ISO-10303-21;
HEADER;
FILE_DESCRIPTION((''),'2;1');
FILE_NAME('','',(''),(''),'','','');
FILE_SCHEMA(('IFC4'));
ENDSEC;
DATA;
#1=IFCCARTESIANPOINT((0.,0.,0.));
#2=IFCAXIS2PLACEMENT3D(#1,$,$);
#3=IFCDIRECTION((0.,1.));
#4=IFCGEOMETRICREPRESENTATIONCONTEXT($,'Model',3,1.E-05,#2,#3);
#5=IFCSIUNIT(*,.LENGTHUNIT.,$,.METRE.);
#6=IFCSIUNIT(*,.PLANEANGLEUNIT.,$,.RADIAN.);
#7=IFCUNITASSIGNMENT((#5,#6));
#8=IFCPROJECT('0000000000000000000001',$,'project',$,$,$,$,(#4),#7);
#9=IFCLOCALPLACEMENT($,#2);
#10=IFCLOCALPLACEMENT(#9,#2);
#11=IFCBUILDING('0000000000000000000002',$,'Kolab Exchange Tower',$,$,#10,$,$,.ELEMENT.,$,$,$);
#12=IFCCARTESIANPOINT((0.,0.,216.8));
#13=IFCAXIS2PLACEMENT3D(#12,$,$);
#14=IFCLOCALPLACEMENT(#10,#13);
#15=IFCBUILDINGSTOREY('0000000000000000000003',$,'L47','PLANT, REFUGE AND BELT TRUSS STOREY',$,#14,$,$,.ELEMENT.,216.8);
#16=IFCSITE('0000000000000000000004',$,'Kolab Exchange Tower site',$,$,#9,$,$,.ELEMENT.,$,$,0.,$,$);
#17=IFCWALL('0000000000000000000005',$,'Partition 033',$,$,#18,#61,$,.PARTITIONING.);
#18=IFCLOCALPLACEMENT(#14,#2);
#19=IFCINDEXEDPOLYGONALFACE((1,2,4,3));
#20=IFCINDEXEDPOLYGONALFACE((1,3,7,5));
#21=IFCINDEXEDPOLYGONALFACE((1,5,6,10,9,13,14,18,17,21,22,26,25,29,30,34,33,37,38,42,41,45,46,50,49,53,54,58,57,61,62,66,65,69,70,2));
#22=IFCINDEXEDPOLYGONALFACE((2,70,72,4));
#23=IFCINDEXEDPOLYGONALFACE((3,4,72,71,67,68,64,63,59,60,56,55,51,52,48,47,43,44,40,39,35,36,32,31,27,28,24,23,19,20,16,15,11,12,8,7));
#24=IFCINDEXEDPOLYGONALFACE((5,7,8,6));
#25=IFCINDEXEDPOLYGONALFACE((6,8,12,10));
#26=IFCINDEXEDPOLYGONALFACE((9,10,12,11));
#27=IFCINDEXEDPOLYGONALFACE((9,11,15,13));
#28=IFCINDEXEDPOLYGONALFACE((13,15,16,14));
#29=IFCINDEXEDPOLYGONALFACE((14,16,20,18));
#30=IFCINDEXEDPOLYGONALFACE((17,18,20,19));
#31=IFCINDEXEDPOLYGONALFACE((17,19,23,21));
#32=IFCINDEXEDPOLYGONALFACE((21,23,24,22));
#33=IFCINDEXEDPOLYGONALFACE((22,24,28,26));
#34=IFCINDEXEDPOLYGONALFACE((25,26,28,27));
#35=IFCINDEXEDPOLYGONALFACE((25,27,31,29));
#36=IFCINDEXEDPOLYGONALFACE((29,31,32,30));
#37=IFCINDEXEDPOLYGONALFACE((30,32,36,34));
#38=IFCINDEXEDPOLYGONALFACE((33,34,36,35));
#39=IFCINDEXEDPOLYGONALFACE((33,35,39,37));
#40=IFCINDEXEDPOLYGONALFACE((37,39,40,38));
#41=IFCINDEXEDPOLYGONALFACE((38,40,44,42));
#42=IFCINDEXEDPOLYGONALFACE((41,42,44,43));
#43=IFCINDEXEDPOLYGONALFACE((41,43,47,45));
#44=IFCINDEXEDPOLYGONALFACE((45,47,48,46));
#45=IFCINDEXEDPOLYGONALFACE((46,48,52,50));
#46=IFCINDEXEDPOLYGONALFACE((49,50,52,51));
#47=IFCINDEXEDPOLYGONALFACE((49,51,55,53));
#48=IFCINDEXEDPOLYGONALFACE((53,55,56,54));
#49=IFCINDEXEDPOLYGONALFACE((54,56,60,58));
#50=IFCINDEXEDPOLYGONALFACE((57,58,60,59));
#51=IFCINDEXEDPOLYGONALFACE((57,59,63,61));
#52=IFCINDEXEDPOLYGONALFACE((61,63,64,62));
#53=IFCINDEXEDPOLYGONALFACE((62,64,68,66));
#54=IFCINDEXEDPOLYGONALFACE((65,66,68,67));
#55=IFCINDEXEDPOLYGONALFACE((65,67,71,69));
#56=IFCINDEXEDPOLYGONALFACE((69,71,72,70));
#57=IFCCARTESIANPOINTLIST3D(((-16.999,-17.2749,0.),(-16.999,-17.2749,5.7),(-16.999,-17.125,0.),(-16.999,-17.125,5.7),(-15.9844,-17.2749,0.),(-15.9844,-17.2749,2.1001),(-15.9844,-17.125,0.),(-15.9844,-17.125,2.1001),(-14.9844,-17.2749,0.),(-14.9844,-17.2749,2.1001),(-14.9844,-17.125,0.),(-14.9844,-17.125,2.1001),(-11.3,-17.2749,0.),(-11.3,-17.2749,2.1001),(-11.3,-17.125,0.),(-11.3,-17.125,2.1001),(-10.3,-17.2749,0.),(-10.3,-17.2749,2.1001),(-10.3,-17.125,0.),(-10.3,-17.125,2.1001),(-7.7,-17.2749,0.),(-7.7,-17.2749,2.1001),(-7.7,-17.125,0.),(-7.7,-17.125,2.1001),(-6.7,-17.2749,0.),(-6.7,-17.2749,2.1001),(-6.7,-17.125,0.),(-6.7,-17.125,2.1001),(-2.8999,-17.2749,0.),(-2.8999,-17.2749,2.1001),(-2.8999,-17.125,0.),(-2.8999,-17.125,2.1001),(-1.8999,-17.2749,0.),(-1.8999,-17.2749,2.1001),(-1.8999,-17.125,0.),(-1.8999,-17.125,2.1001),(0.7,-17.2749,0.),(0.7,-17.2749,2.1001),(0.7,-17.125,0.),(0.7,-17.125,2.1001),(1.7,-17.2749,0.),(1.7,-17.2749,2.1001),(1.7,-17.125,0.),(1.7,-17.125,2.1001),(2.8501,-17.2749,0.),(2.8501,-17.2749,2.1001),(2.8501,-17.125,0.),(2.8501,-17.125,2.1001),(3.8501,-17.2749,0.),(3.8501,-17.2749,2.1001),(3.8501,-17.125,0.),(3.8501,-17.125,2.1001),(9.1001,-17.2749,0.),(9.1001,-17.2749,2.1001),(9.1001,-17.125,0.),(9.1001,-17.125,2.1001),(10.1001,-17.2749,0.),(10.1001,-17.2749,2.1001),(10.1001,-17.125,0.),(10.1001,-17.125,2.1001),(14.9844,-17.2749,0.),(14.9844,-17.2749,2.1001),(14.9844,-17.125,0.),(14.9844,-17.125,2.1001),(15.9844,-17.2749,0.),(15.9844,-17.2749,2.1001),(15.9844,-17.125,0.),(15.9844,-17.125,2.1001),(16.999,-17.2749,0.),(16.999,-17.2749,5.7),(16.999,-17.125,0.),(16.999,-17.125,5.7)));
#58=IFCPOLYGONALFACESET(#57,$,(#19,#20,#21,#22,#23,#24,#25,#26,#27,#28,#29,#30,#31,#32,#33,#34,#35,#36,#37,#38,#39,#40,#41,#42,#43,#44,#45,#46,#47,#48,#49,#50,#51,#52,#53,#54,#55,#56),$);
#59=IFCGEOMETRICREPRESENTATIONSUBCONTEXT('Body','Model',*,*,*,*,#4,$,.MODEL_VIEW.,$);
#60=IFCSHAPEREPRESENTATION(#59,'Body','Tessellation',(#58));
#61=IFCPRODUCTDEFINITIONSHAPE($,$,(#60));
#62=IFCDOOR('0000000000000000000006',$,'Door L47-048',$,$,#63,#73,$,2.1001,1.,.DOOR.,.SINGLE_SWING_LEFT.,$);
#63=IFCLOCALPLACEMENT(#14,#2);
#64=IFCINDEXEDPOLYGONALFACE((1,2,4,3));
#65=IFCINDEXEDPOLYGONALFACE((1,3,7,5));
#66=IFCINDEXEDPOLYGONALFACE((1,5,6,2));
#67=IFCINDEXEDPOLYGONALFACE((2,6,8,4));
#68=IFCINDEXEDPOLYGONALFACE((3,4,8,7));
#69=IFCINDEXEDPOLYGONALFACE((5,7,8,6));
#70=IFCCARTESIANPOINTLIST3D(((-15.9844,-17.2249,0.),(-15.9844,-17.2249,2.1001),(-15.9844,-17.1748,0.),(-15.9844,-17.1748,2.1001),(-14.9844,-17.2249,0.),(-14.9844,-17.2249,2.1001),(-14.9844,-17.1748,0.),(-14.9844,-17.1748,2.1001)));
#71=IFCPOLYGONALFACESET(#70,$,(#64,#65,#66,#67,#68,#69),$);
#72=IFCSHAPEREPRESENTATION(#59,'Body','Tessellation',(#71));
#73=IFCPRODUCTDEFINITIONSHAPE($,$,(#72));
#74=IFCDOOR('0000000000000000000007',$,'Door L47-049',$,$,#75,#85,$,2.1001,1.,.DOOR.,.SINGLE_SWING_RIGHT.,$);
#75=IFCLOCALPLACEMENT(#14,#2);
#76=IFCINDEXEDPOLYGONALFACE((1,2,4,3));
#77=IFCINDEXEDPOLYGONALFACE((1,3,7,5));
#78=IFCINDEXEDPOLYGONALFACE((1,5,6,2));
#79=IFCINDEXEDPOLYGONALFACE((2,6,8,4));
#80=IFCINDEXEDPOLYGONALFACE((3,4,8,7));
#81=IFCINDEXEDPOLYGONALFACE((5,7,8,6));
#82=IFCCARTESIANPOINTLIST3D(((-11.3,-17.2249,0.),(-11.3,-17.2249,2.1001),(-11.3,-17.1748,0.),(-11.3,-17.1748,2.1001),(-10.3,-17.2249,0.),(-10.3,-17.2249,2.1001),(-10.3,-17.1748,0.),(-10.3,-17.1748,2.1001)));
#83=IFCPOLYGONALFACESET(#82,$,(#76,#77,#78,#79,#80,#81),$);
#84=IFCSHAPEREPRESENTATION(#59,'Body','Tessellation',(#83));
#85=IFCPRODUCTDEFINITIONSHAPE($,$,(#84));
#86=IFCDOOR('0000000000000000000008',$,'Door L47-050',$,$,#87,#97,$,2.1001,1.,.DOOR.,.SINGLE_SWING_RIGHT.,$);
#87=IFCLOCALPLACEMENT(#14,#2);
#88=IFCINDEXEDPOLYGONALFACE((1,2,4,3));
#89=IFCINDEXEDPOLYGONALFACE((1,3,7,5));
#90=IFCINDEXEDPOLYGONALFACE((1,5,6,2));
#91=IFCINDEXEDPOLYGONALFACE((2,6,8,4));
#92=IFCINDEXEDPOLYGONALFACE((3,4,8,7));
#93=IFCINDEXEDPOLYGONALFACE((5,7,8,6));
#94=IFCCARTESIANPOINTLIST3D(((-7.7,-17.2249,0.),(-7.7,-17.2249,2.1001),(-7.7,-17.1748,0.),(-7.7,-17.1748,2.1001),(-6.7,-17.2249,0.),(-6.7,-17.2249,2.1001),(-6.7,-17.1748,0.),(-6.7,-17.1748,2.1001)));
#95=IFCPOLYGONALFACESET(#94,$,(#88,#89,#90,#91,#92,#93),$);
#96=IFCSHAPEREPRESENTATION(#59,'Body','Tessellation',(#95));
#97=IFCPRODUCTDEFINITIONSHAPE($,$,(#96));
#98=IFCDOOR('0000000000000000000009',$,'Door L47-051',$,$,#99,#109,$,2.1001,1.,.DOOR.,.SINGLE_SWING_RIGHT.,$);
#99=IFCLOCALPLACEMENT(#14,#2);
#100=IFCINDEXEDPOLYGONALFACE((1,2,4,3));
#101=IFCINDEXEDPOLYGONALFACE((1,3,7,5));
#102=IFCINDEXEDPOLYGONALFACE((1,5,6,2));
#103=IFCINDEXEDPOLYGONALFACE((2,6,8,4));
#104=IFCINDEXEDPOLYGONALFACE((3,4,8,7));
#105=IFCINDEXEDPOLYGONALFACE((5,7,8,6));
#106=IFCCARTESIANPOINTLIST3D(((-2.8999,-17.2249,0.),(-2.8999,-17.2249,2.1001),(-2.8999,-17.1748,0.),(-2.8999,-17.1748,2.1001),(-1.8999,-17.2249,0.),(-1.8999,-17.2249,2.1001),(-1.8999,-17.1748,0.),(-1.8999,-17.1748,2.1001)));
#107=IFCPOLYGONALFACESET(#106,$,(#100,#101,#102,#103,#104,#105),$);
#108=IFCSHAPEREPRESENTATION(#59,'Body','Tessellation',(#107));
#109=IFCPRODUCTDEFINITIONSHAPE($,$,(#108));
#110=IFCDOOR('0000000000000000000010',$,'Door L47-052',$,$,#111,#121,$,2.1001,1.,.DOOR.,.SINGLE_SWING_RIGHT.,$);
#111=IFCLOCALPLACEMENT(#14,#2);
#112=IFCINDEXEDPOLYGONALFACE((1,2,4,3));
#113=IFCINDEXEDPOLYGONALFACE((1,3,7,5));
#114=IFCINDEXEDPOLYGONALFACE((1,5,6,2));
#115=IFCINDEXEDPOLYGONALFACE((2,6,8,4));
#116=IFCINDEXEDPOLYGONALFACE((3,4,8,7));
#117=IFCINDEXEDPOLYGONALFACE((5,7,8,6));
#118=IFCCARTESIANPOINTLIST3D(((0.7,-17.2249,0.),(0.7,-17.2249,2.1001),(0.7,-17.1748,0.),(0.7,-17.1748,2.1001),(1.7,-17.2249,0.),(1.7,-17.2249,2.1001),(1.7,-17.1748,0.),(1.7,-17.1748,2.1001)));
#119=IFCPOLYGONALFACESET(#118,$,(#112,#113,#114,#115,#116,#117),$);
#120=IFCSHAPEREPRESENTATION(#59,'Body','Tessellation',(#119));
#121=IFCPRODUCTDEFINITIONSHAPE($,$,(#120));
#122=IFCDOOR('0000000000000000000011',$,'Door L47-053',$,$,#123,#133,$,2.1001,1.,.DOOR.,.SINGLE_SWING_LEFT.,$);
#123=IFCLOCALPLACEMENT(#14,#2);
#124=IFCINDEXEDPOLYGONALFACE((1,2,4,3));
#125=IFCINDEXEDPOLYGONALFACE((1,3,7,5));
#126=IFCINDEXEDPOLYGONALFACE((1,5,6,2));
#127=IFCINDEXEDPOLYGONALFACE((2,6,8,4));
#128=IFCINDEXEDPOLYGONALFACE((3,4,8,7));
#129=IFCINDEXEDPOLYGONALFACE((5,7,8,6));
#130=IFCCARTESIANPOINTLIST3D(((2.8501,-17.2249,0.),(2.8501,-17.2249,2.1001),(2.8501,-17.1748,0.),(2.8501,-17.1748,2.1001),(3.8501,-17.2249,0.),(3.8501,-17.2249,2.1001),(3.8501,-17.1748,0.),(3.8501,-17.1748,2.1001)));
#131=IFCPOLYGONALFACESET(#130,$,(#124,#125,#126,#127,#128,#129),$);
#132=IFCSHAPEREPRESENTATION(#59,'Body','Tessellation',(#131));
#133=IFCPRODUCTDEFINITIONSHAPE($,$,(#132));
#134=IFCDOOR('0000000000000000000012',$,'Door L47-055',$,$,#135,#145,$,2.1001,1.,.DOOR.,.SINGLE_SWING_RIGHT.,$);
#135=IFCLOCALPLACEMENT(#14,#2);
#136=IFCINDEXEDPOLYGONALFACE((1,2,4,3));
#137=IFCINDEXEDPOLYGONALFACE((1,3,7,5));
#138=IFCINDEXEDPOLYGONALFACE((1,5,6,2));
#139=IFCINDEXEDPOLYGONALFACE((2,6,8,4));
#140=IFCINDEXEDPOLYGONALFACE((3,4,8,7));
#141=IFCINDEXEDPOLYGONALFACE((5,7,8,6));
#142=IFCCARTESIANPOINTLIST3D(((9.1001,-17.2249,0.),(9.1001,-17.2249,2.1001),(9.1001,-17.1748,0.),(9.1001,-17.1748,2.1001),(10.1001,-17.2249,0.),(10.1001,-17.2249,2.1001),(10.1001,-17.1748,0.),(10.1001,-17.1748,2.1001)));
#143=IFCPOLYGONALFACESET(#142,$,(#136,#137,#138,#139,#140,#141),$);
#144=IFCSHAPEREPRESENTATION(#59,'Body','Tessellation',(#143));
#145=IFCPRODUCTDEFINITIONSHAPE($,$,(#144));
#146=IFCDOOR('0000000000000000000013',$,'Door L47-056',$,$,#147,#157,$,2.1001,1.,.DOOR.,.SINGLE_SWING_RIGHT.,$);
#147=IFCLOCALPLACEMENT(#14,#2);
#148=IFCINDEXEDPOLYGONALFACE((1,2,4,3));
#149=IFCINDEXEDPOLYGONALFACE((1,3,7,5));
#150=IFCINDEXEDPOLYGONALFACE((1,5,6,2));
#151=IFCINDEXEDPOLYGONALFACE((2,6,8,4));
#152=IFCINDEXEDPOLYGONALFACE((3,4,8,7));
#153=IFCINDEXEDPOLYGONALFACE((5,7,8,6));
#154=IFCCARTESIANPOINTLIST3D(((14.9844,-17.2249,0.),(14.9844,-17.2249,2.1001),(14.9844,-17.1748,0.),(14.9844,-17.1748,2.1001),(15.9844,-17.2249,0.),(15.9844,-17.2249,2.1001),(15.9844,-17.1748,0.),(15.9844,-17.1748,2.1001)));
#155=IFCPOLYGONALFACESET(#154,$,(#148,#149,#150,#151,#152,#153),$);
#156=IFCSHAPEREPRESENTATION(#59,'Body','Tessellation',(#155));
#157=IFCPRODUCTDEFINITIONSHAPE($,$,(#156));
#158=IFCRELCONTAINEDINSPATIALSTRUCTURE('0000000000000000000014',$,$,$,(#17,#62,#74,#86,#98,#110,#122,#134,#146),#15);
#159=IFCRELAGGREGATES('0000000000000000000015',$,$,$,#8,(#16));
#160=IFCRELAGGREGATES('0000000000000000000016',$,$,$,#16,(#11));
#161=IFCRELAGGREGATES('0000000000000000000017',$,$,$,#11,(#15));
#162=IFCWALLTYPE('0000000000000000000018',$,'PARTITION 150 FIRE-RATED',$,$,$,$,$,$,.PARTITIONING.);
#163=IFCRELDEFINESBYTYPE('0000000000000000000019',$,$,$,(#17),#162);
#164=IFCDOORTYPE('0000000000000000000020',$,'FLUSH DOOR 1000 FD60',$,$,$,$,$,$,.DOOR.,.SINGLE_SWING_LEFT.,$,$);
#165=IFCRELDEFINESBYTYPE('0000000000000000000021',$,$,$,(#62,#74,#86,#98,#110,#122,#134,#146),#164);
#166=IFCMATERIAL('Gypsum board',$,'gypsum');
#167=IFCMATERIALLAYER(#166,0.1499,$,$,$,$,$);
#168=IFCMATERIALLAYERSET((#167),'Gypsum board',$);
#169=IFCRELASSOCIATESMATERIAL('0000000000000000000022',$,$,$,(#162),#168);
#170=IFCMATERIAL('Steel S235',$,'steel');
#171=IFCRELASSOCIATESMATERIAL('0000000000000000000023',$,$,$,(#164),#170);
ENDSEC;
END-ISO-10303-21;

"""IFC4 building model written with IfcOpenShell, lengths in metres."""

from ifc_helpers import new_model, si_unit, direction, frame, frame_2d, origin, place, context, subcontext, project, spatial, rectangle, extrude, material, layer, layer_set, type_object, element, fill, save


model = new_model("IFC4")

# Units and contexts
model_context = context("Model", 3, precision=1e-05, world=origin(), true_north=direction((0.0, 1.0)))
body_context = subcontext(model_context, "Body", "Model", "MODEL_VIEW")
ifc_project = project(units=[si_unit("LENGTHUNIT", "METRE"), si_unit("PLANEANGLEUNIT", "RADIAN")], contexts=[model_context])

# Site, building, storey
site_placement = place(None, origin())
site = spatial("IfcSite", under=ifc_project, at=site_placement, Name="Kolab Exchange Tower site", CompositionType="ELEMENT", RefElevation=0.0)
building_placement = place(site_placement, origin())
building = spatial("IfcBuilding", under=site, at=building_placement, Name="Kolab Exchange Tower", CompositionType="ELEMENT")
storey_placement = place(building_placement, frame((0.0, 0.0, 216.8)))
storey = spatial("IfcBuildingStorey", under=building, at=storey_placement, Name="L47", Description="PLANT, REFUGE AND BELT TRUSS STOREY", CompositionType="ELEMENT", Elevation=216.8)

# Wall, openings, doors
ifc_material_1 = material(Name="Gypsum board", Category="gypsum")
ifc_layer_1 = layer(ifc_material_1, 0.1499)
ifc_layer_set_1 = layer_set([ifc_layer_1], Name="Gypsum board")
wall_type_1 = type_object("IfcWallType", Name="PARTITION 150 FIRE-RATED", PredefinedType="PARTITIONING", material=ifc_layer_set_1)
wall_1_placement = place(storey_placement, frame((-16.999, -17.2, 0.0), z_axis=(0.0, 0.0, 1.0), x_axis=(1.0, 0.0, 0.0)))
wall_1 = element("IfcWall", 1, at=wall_1_placement, inside=storey, type_object=wall_type_1, Name="Partition 033", PredefinedType="PARTITIONING", context=body_context, shape_type="SweptSolid", body=[
    extrude(rectangle(XDim=33.998, YDim=0.1499, at=frame_2d((16.999, 0.0))), origin(), (0.0, 0.0, 1.0), 5.7),
])
opening_1_placement = place(wall_1_placement, frame((1.0146, 0.0, 0.0)))
opening_1 = element("IfcOpeningElement", 2, at=opening_1_placement, cuts=wall_1, PredefinedType="OPENING", context=body_context, shape_type="SweptSolid", body=[
    extrude(rectangle(XDim=1.0, YDim=2.1001, at=frame_2d((0.5, 1.05))), frame((0.0, 0.085, 0.0), z_axis=(0.0, -1.0, 0.0), x_axis=(1.0, 0.0, 0.0)), (0.0, 0.0, 1.0), 0.1699),
])
opening_2_placement = place(wall_1_placement, frame((5.699, 0.0, 0.0)))
opening_2 = element("IfcOpeningElement", 3, at=opening_2_placement, cuts=wall_1, PredefinedType="OPENING", context=body_context, shape_type="SweptSolid", body=[
    extrude(rectangle(XDim=1.0, YDim=2.1001, at=frame_2d((0.5, 1.05))), frame((0.0, 0.085, 0.0), z_axis=(0.0, -1.0, 0.0), x_axis=(1.0, 0.0, 0.0)), (0.0, 0.0, 1.0), 0.1699),
])
opening_3_placement = place(wall_1_placement, frame((9.2991, 0.0, 0.0)))
opening_3 = element("IfcOpeningElement", 4, at=opening_3_placement, cuts=wall_1, PredefinedType="OPENING", context=body_context, shape_type="SweptSolid", body=[
    extrude(rectangle(XDim=1.0, YDim=2.1001, at=frame_2d((0.5, 1.05))), frame((0.0, 0.085, 0.0), z_axis=(0.0, -1.0, 0.0), x_axis=(1.0, 0.0, 0.0)), (0.0, 0.0, 1.0), 0.1699),
])
opening_4_placement = place(wall_1_placement, frame((14.0991, 0.0, 0.0)))
opening_4 = element("IfcOpeningElement", 5, at=opening_4_placement, cuts=wall_1, PredefinedType="OPENING", context=body_context, shape_type="SweptSolid", body=[
    extrude(rectangle(XDim=1.0, YDim=2.1001, at=frame_2d((0.5, 1.05))), frame((0.0, 0.085, 0.0), z_axis=(0.0, -1.0, 0.0), x_axis=(1.0, 0.0, 0.0)), (0.0, 0.0, 1.0), 0.1699),
])
opening_5_placement = place(wall_1_placement, frame((17.699, 0.0, 0.0)))
opening_5 = element("IfcOpeningElement", 6, at=opening_5_placement, cuts=wall_1, PredefinedType="OPENING", context=body_context, shape_type="SweptSolid", body=[
    extrude(rectangle(XDim=1.0, YDim=2.1001, at=frame_2d((0.5, 1.05))), frame((0.0, 0.085, 0.0), z_axis=(0.0, -1.0, 0.0), x_axis=(1.0, 0.0, 0.0)), (0.0, 0.0, 1.0), 0.1699),
])
opening_6_placement = place(wall_1_placement, frame((19.8491, 0.0, 0.0)))
opening_6 = element("IfcOpeningElement", 7, at=opening_6_placement, cuts=wall_1, PredefinedType="OPENING", context=body_context, shape_type="SweptSolid", body=[
    extrude(rectangle(XDim=1.0, YDim=2.1001, at=frame_2d((0.5, 1.05))), frame((0.0, 0.085, 0.0), z_axis=(0.0, -1.0, 0.0), x_axis=(1.0, 0.0, 0.0)), (0.0, 0.0, 1.0), 0.1699),
])
opening_7_placement = place(wall_1_placement, frame((26.0991, 0.0, 0.0)))
opening_7 = element("IfcOpeningElement", 8, at=opening_7_placement, cuts=wall_1, PredefinedType="OPENING", context=body_context, shape_type="SweptSolid", body=[
    extrude(rectangle(XDim=1.0, YDim=2.1001, at=frame_2d((0.5, 1.05))), frame((0.0, 0.085, 0.0), z_axis=(0.0, -1.0, 0.0), x_axis=(1.0, 0.0, 0.0)), (0.0, 0.0, 1.0), 0.1699),
])
opening_8_placement = place(wall_1_placement, frame((31.9834, 0.0, 0.0)))
opening_8 = element("IfcOpeningElement", 9, at=opening_8_placement, cuts=wall_1, PredefinedType="OPENING", context=body_context, shape_type="SweptSolid", body=[
    extrude(rectangle(XDim=1.0, YDim=2.1001, at=frame_2d((0.5, 1.05))), frame((0.0, 0.085, 0.0), z_axis=(0.0, -1.0, 0.0), x_axis=(1.0, 0.0, 0.0)), (0.0, 0.0, 1.0), 0.1699),
])
ifc_material_2 = material(Name="Steel S235", Category="steel")
door_type = type_object("IfcDoorType", Name="FLUSH DOOR 1000 FD60", OperationType="SINGLE_SWING_LEFT", PredefinedType="DOOR", material=ifc_material_2)
door_1_placement = place(opening_1_placement, frame((1.0, 0.0, 0.0), z_axis=(0.0, 0.0, 1.0), x_axis=(-1.0, 0.0, 0.0)))
door_1 = element("IfcDoor", 10, at=door_1_placement, inside=storey, type_object=door_type, Name="Door L47-048", OperationType="SINGLE_SWING_LEFT", OverallHeight=2.1001, OverallWidth=1.0, PredefinedType="DOOR", context=body_context, shape_type="SweptSolid", body=[
    extrude(rectangle(XDim=1.0, YDim=2.1001, at=frame_2d((0.5, 1.05))), frame((0.0, 0.0249, 0.0), z_axis=(0.0, -1.0, 0.0), x_axis=(1.0, 0.0, 0.0)), (0.0, 0.0, 1.0), 0.05),
])
fill(opening_1, door_1)
door_2_placement = place(opening_2_placement, frame((1.0, 0.0, 0.0), z_axis=(0.0, 0.0, 1.0), x_axis=(-1.0, 0.0, 0.0)))
door_2 = element("IfcDoor", 11, at=door_2_placement, inside=storey, type_object=door_type, Name="Door L47-049", OperationType="SINGLE_SWING_RIGHT", OverallHeight=2.1001, OverallWidth=1.0, PredefinedType="DOOR", context=body_context, shape_type="SweptSolid", body=[
    extrude(rectangle(XDim=1.0, YDim=2.1001, at=frame_2d((0.5, 1.05))), frame((0.0, 0.0249, 0.0), z_axis=(0.0, -1.0, 0.0), x_axis=(1.0, 0.0, 0.0)), (0.0, 0.0, 1.0), 0.05),
])
fill(opening_2, door_2)
door_3_placement = place(opening_3_placement, frame((1.0, 0.0, 0.0), z_axis=(0.0, 0.0, 1.0), x_axis=(-1.0, 0.0, 0.0)))
door_3 = element("IfcDoor", 12, at=door_3_placement, inside=storey, type_object=door_type, Name="Door L47-050", OperationType="SINGLE_SWING_RIGHT", OverallHeight=2.1001, OverallWidth=1.0, PredefinedType="DOOR", context=body_context, shape_type="SweptSolid", body=[
    extrude(rectangle(XDim=1.0, YDim=2.1001, at=frame_2d((0.5, 1.05))), frame((0.0, 0.0249, 0.0), z_axis=(0.0, -1.0, 0.0), x_axis=(1.0, 0.0, 0.0)), (0.0, 0.0, 1.0), 0.05),
])
fill(opening_3, door_3)
door_4_placement = place(opening_4_placement, frame((1.0, 0.0, 0.0), z_axis=(0.0, 0.0, 1.0), x_axis=(-1.0, 0.0, 0.0)))
door_4 = element("IfcDoor", 13, at=door_4_placement, inside=storey, type_object=door_type, Name="Door L47-051", OperationType="SINGLE_SWING_RIGHT", OverallHeight=2.1001, OverallWidth=1.0, PredefinedType="DOOR", context=body_context, shape_type="SweptSolid", body=[
    extrude(rectangle(XDim=1.0, YDim=2.1001, at=frame_2d((0.5, 1.05))), frame((0.0, 0.0249, 0.0), z_axis=(0.0, -1.0, 0.0), x_axis=(1.0, 0.0, 0.0)), (0.0, 0.0, 1.0), 0.05),
])
fill(opening_4, door_4)
door_5_placement = place(opening_5_placement, frame((1.0, 0.0, 0.0), z_axis=(0.0, 0.0, 1.0), x_axis=(-1.0, 0.0, 0.0)))
door_5 = element("IfcDoor", 14, at=door_5_placement, inside=storey, type_object=door_type, Name="Door L47-052", OperationType="SINGLE_SWING_RIGHT", OverallHeight=2.1001, OverallWidth=1.0, PredefinedType="DOOR", context=body_context, shape_type="SweptSolid", body=[
    extrude(rectangle(XDim=1.0, YDim=2.1001, at=frame_2d((0.5, 1.05))), frame((0.0, 0.0249, 0.0), z_axis=(0.0, -1.0, 0.0), x_axis=(1.0, 0.0, 0.0)), (0.0, 0.0, 1.0), 0.05),
])
fill(opening_5, door_5)
door_6_placement = place(opening_6_placement, frame((1.0, 0.0, 0.0), z_axis=(0.0, 0.0, 1.0), x_axis=(-1.0, 0.0, 0.0)))
door_6 = element("IfcDoor", 15, at=door_6_placement, inside=storey, type_object=door_type, Name="Door L47-053", OperationType="SINGLE_SWING_LEFT", OverallHeight=2.1001, OverallWidth=1.0, PredefinedType="DOOR", context=body_context, shape_type="SweptSolid", body=[
    extrude(rectangle(XDim=1.0, YDim=2.1001, at=frame_2d((0.5, 1.05))), frame((0.0, 0.0249, 0.0), z_axis=(0.0, -1.0, 0.0), x_axis=(1.0, 0.0, 0.0)), (0.0, 0.0, 1.0), 0.05),
])
fill(opening_6, door_6)
door_7_placement = place(opening_7_placement, frame((1.0, 0.0, 0.0), z_axis=(0.0, 0.0, 1.0), x_axis=(-1.0, 0.0, 0.0)))
door_7 = element("IfcDoor", 16, at=door_7_placement, inside=storey, type_object=door_type, Name="Door L47-055", OperationType="SINGLE_SWING_RIGHT", OverallHeight=2.1001, OverallWidth=1.0, PredefinedType="DOOR", context=body_context, shape_type="SweptSolid", body=[
    extrude(rectangle(XDim=1.0, YDim=2.1001, at=frame_2d((0.5, 1.05))), frame((0.0, 0.0249, 0.0), z_axis=(0.0, -1.0, 0.0), x_axis=(1.0, 0.0, 0.0)), (0.0, 0.0, 1.0), 0.05),
])
fill(opening_7, door_7)
door_8_placement = place(opening_8_placement, frame((1.0, 0.0, 0.0), z_axis=(0.0, 0.0, 1.0), x_axis=(-1.0, 0.0, 0.0)))
door_8 = element("IfcDoor", 17, at=door_8_placement, inside=storey, type_object=door_type, Name="Door L47-056", OperationType="SINGLE_SWING_RIGHT", OverallHeight=2.1001, OverallWidth=1.0, PredefinedType="DOOR", context=body_context, shape_type="SweptSolid", body=[
    extrude(rectangle(XDim=1.0, YDim=2.1001, at=frame_2d((0.5, 1.05))), frame((0.0, 0.0249, 0.0), z_axis=(0.0, -1.0, 0.0), x_axis=(1.0, 0.0, 0.0)), (0.0, 0.0, 1.0), 0.05),
])
fill(opening_8, door_8)

save(model, "model.ifc")
